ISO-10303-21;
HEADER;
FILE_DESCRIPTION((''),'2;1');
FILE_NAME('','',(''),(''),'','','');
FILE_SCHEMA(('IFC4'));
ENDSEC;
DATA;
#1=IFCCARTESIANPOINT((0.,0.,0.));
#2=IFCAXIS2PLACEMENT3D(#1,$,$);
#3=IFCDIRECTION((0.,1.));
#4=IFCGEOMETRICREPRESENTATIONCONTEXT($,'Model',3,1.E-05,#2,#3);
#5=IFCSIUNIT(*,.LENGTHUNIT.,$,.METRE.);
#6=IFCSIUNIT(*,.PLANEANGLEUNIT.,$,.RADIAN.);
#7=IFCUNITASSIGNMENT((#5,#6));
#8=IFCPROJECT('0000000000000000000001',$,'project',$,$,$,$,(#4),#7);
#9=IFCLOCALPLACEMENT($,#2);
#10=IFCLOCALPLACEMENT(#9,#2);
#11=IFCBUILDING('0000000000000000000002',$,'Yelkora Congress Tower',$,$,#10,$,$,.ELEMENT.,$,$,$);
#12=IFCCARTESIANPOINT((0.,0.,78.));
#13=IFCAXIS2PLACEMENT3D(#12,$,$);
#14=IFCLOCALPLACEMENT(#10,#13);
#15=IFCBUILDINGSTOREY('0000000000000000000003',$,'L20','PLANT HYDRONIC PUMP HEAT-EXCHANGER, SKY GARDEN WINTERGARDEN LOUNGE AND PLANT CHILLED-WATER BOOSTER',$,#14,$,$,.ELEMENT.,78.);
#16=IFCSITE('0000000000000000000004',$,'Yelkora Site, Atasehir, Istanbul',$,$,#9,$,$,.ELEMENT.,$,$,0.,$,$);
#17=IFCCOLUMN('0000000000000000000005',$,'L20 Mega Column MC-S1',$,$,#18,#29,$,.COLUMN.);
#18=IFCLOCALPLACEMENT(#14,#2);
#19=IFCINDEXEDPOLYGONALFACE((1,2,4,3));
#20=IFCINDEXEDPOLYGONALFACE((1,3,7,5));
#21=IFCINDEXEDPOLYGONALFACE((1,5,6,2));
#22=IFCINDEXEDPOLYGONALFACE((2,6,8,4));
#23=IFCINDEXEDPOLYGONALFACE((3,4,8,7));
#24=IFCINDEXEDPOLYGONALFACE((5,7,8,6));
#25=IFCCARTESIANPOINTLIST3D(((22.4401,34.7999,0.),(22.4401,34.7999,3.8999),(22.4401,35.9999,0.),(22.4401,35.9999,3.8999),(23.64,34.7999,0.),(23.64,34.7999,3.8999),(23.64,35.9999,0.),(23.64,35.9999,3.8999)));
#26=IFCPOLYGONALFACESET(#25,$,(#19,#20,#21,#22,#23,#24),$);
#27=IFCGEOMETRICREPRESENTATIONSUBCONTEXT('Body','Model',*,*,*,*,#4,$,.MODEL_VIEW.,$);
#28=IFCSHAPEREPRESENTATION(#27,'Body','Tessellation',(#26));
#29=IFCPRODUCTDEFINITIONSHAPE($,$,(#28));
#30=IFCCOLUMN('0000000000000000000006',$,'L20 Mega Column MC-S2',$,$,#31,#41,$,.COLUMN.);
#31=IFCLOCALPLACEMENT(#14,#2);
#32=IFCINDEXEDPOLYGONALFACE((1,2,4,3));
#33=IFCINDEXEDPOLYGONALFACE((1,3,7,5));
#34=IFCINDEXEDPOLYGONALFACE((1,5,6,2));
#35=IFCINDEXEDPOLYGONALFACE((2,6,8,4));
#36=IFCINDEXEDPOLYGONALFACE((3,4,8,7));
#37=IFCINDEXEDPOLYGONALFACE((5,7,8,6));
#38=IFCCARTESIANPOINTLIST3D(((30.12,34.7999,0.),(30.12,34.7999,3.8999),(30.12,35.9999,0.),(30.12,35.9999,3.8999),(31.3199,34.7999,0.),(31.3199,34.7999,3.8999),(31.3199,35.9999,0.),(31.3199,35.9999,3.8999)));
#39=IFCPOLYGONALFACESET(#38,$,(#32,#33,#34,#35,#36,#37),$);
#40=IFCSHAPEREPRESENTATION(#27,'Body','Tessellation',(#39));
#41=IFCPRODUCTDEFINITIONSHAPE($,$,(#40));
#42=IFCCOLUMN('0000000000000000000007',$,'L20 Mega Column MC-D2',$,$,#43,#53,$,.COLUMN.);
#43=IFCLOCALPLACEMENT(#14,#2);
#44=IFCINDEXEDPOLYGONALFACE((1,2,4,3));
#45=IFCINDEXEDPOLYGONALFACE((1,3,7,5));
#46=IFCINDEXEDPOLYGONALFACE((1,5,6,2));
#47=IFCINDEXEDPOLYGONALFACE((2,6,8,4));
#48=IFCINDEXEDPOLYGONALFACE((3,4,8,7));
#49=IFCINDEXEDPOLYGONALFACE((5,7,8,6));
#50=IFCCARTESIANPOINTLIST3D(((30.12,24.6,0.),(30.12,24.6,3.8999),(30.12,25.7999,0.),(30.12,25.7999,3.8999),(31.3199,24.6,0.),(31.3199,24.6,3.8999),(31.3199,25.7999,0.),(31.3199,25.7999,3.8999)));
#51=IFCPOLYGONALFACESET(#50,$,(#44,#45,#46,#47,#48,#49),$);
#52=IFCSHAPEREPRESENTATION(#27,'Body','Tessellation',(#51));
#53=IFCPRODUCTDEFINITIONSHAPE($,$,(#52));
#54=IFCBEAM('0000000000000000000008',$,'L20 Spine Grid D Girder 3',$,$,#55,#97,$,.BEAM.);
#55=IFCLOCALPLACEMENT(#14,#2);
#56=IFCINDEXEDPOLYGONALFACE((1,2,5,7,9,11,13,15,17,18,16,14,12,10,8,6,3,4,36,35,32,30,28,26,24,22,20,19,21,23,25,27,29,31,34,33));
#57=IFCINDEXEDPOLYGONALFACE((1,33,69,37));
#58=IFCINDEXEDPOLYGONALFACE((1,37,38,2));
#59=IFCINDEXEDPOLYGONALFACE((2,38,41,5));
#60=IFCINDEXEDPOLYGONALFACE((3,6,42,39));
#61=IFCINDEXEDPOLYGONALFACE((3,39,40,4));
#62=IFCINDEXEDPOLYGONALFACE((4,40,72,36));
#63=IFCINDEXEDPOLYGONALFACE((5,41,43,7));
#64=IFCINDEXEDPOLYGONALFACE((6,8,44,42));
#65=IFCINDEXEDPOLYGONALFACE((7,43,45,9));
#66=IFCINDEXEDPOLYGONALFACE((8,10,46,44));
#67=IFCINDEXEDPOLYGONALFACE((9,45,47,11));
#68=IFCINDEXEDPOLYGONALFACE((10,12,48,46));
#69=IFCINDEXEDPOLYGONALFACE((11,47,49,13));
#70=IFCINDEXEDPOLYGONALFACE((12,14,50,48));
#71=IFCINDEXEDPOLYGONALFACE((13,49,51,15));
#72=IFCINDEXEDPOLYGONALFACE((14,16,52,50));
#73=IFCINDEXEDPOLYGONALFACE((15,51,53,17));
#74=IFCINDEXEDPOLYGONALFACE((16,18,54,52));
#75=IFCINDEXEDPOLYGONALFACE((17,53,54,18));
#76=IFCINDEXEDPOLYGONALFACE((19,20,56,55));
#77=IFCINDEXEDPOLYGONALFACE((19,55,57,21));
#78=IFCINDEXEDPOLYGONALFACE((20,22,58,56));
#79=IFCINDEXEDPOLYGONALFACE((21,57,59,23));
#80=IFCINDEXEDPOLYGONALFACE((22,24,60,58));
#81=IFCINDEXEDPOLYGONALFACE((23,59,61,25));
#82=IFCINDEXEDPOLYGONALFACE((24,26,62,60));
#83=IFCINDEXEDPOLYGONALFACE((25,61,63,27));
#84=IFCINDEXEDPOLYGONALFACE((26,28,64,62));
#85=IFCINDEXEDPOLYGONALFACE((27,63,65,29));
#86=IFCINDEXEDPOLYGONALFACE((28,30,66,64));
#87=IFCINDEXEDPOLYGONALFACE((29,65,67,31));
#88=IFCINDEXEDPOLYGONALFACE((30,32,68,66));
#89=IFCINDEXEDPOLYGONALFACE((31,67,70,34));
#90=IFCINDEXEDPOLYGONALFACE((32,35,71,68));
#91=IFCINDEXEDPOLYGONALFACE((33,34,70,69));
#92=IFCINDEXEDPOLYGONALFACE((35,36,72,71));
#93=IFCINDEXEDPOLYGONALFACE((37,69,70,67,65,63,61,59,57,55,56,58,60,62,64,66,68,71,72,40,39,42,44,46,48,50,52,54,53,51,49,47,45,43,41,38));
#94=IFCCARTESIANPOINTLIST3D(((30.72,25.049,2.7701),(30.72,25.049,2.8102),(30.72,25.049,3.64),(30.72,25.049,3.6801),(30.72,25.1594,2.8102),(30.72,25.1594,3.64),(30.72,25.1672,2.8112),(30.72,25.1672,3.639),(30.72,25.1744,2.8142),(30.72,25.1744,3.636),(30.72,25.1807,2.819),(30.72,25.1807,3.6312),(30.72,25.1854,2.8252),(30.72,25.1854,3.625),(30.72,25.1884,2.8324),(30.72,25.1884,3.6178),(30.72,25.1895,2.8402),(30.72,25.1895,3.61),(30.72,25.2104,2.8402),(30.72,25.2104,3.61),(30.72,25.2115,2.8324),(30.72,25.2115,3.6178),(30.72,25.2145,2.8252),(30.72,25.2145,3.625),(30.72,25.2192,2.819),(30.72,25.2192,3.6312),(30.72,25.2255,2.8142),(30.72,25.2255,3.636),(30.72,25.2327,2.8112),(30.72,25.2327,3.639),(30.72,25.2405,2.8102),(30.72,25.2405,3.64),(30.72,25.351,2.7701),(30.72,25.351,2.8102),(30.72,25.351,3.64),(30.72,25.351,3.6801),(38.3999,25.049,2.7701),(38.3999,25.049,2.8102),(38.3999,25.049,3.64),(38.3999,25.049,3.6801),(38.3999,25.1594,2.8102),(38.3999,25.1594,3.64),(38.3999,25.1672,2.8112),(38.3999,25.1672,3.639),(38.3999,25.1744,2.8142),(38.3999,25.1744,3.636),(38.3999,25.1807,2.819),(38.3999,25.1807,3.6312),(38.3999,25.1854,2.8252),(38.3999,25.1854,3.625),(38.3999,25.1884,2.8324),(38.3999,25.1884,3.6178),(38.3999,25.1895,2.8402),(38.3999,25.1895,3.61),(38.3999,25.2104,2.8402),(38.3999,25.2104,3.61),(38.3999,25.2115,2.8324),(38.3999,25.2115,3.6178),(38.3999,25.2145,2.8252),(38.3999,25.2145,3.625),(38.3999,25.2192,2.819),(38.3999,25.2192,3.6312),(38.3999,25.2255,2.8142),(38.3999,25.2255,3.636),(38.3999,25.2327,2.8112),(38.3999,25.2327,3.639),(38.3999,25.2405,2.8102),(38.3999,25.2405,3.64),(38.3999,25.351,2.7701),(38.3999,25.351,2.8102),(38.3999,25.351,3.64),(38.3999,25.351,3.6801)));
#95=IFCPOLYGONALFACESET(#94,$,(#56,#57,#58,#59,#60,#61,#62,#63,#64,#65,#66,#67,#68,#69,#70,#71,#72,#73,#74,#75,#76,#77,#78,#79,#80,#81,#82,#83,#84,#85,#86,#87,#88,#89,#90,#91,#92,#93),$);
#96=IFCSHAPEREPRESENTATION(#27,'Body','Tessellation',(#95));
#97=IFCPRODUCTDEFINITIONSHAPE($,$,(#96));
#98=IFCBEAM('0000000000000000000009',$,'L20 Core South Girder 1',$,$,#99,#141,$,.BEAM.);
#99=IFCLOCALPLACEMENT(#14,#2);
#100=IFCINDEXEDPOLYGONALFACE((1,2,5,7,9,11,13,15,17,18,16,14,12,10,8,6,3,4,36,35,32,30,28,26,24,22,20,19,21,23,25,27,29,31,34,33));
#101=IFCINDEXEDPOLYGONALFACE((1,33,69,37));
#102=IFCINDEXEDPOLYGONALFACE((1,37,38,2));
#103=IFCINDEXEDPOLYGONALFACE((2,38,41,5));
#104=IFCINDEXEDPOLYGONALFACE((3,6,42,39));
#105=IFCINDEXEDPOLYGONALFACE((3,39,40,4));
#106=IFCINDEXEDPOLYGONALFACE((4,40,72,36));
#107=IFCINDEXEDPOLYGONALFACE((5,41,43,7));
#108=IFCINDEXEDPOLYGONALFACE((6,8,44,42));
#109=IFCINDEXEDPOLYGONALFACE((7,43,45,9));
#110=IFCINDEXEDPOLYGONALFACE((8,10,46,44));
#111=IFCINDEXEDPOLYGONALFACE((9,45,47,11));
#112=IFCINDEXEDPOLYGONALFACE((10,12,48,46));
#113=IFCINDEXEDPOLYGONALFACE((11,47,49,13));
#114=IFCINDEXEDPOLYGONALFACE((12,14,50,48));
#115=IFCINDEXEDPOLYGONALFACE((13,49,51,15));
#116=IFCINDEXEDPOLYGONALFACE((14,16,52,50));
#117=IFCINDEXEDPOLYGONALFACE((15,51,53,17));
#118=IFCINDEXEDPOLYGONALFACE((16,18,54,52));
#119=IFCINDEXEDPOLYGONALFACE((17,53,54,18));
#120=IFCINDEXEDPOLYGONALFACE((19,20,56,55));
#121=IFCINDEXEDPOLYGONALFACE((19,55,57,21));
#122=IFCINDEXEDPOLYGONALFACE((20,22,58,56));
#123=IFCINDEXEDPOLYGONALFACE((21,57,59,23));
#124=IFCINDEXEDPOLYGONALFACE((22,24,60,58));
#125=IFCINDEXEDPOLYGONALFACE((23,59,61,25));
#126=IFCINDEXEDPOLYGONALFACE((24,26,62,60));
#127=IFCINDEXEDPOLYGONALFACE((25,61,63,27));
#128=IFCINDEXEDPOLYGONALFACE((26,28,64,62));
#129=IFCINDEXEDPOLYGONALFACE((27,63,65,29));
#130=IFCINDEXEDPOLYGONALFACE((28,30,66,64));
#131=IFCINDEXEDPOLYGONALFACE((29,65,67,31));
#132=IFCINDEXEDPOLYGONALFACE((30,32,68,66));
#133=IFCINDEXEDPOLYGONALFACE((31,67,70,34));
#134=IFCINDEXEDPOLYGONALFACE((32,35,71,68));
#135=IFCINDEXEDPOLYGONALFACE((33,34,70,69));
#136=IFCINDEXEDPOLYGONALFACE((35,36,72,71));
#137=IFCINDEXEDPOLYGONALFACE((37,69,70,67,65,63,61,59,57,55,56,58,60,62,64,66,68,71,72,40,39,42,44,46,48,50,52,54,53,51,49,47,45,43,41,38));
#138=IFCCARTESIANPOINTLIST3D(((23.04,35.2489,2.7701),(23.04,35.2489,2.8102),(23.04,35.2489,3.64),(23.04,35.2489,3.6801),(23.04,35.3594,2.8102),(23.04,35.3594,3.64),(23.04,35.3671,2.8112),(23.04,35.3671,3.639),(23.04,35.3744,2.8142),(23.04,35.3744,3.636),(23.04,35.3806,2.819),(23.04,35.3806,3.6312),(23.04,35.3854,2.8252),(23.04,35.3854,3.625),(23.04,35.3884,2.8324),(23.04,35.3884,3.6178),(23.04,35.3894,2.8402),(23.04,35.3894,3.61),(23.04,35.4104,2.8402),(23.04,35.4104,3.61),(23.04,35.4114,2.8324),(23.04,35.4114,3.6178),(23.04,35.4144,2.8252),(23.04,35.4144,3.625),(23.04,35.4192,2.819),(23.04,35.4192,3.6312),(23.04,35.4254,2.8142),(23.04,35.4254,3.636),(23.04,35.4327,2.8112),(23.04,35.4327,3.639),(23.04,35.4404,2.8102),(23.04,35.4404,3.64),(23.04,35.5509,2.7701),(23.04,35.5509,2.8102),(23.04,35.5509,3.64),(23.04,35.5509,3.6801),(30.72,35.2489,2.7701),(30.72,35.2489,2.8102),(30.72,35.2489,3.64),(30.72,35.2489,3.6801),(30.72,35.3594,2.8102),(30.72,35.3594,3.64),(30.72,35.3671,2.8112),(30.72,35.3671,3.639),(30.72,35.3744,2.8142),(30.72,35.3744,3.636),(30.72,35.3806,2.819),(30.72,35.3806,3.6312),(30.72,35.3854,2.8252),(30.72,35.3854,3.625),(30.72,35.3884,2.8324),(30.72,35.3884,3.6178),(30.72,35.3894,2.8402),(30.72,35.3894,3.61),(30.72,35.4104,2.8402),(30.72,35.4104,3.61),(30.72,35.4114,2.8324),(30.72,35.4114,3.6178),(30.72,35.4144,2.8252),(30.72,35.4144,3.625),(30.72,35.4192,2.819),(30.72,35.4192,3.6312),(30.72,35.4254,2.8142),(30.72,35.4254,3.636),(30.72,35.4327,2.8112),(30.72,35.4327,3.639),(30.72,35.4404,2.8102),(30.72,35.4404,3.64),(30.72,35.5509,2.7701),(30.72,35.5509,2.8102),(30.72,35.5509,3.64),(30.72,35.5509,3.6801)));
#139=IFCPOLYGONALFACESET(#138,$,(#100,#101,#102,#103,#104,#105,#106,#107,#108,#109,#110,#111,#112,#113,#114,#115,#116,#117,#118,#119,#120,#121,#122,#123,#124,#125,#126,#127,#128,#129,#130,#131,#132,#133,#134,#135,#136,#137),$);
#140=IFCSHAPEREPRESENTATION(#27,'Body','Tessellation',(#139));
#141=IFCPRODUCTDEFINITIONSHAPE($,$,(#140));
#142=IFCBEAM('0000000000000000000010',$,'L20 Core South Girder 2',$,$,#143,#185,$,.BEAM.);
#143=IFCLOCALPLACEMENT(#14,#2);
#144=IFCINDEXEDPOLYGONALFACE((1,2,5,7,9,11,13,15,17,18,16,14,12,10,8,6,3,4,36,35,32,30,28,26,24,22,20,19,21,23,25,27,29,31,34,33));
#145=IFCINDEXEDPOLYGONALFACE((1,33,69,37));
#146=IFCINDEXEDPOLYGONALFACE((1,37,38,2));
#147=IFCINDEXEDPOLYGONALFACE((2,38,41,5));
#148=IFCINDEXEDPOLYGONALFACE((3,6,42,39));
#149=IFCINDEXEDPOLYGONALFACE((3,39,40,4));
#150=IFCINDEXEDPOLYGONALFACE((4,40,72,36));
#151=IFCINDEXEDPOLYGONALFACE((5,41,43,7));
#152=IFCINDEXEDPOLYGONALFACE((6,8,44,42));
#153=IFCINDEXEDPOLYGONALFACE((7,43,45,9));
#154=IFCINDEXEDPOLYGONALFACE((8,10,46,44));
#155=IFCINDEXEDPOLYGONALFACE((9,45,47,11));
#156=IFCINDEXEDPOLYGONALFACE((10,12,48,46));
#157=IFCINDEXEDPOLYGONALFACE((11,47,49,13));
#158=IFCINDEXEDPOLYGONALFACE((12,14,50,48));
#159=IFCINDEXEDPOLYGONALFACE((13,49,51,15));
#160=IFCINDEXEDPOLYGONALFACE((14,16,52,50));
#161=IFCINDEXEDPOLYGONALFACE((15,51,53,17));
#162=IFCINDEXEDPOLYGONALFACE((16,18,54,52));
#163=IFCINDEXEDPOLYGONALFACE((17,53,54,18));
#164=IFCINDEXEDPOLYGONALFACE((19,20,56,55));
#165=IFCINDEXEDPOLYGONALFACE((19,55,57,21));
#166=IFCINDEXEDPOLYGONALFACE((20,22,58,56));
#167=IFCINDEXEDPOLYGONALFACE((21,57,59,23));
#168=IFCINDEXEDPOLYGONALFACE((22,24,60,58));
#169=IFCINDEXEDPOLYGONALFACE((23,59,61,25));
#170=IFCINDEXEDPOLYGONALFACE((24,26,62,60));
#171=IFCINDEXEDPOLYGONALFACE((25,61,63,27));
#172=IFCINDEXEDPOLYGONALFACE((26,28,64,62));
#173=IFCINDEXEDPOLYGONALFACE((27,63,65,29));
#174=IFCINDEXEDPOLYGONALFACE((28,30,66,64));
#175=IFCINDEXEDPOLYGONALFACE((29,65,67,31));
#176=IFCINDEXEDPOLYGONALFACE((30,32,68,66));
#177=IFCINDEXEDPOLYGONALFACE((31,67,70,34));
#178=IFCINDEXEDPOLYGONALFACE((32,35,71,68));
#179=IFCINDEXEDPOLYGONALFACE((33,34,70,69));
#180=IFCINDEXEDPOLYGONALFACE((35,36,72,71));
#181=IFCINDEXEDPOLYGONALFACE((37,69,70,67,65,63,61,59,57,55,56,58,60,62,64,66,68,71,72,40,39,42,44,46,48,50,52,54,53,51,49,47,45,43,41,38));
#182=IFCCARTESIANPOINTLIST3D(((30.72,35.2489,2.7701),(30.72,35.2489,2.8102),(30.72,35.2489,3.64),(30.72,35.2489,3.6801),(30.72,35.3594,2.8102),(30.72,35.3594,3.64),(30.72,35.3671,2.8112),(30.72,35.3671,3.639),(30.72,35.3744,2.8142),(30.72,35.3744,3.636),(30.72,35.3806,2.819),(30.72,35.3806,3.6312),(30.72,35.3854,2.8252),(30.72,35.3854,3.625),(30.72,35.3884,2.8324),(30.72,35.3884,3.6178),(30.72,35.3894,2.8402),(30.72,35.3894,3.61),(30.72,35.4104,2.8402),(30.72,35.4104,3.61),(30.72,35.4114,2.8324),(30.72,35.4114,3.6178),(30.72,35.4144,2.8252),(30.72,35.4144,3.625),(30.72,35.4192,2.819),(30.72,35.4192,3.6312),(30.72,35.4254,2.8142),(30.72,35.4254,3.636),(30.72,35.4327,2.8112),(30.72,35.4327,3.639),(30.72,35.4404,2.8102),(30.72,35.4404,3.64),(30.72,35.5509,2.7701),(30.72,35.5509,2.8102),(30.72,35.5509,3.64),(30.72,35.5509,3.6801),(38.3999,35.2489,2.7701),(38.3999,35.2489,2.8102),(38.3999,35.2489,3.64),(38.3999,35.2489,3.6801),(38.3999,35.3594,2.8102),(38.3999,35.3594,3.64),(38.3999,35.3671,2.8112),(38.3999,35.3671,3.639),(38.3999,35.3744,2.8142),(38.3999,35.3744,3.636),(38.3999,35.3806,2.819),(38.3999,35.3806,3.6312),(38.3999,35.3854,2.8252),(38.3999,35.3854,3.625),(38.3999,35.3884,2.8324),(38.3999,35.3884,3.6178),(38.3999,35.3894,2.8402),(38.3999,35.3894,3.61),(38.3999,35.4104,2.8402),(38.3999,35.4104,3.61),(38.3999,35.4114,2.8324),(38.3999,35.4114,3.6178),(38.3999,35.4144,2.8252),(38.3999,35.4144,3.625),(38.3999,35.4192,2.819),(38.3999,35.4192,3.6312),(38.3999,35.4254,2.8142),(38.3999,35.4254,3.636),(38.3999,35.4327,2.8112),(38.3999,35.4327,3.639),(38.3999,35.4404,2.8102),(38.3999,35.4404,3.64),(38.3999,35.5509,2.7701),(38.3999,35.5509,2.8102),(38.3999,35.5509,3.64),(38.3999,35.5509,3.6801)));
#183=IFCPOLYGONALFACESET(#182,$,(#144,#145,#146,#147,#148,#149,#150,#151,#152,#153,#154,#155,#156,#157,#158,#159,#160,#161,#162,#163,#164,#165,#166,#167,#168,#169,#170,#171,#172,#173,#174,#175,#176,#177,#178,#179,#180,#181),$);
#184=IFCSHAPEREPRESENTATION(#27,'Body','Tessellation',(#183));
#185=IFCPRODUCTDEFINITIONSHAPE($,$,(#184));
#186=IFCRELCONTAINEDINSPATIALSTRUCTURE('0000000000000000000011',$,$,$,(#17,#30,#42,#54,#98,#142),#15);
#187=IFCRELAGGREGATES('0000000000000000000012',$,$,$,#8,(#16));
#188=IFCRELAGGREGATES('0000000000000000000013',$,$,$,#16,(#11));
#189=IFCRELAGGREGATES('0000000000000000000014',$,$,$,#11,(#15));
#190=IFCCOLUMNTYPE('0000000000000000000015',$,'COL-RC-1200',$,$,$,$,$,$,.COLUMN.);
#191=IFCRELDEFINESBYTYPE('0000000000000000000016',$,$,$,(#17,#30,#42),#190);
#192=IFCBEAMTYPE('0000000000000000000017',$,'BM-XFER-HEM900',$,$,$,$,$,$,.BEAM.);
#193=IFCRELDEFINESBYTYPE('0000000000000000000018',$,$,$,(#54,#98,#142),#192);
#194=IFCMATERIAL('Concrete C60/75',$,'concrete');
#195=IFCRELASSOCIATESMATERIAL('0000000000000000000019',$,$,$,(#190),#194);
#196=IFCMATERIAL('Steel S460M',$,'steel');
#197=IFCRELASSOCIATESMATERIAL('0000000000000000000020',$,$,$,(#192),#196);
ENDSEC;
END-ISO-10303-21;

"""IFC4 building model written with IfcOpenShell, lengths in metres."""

from ifc_helpers import new_model, si_unit, direction, frame, origin, origin_2d, place, context, subcontext, project, spatial, rectangle, i_section, extrude, material, material_profile, profile_set, type_object, element, save


model = new_model("IFC4")

# Units and contexts
model_context = context("Model", 3, precision=1e-05, world=origin(), true_north=direction((0.0, 1.0)))
body_context = subcontext(model_context, "Body", "Model", "MODEL_VIEW")
ifc_project = project(units=[si_unit("LENGTHUNIT", "METRE"), si_unit("PLANEANGLEUNIT", "RADIAN")], contexts=[model_context])

# Site, building, storey
site_placement = place(None, origin())
site = spatial("IfcSite", under=ifc_project, at=site_placement, Name="Yelkora Site, Atasehir, Istanbul", CompositionType="ELEMENT", RefElevation=0.0)
building_placement = place(site_placement, origin())
building = spatial("IfcBuilding", under=site, at=building_placement, Name="Yelkora Congress Tower", CompositionType="ELEMENT")
storey_placement = place(building_placement, frame((0.0, 0.0, 78.0)))
storey = spatial("IfcBuildingStorey", under=building, at=storey_placement, Name="L20", Description="PLANT HYDRONIC PUMP HEAT-EXCHANGER, SKY GARDEN WINTERGARDEN LOUNGE AND PLANT CHILLED-WATER BOOSTER", CompositionType="ELEMENT", Elevation=78.0)

# Columns
ifc_material_1 = material(Name="Concrete C60/75", Category="concrete")
ifc_material_profile_1 = material_profile(ifc_material_1, rectangle(XDim=1.2, YDim=1.2, at=origin_2d()), Name="RC 1200x1200")
ifc_profile_set_1 = profile_set([ifc_material_profile_1], Name="Concrete C60/75")
column_type = type_object("IfcColumnType", Name="COL-RC-1200", PredefinedType="COLUMN", material=ifc_profile_set_1)
for number, where, z_axis, x_axis, name in (
    (1, (23.04, 35.3999, 0.0), (0.0, 0.0, 1.0), (1.0, 0.0, 0.0), "L20 Mega Column MC-S1"),
    (2, (30.72, 35.3999, 0.0), (0.0, 0.0, 1.0), (1.0, 0.0, 0.0), "L20 Mega Column MC-S2"),
    (3, (30.72, 25.2, 0.0), (0.0, 0.0, 1.0), (1.0, 0.0, 0.0), "L20 Mega Column MC-D2"),
):
    element("IfcColumn", number, at=place(storey_placement, frame(where, z_axis=z_axis, x_axis=x_axis)), inside=storey, type_object=column_type, Name=name, PredefinedType="COLUMN", context=body_context, shape_type="SweptSolid", body=[
        extrude(rectangle(XDim=1.2, YDim=1.2, at=origin_2d()), origin(), (0.0, 0.0, 1.0), 3.8999),
    ])

# Beams
ifc_material_2 = material(Name="Steel S460M", Category="steel")
ifc_material_profile_2 = material_profile(ifc_material_2, i_section(OverallWidth=0.302, OverallDepth=0.9099, WebThickness=0.021, FlangeThickness=0.04, FilletRadius=0.03, at=origin_2d()), Name="HEM 900")
ifc_profile_set_2 = profile_set([ifc_material_profile_2], Name="Steel S460M")
beam_type = type_object("IfcBeamType", Name="BM-XFER-HEM900", PredefinedType="BEAM", material=ifc_profile_set_2)
for number, where, z_axis, x_axis, name in (
    (4, (30.72, 25.2, 3.2251), (1.0, 0.0, 0.0), (0.0, 1.0, 0.0), "L20 Spine Grid D Girder 3"),
    (5, (23.04, 35.3999, 3.2251), (1.0, 0.0, 0.0), (0.0, 1.0, 0.0), "L20 Core South Girder 1"),
    (6, (30.72, 35.3999, 3.2251), (1.0, 0.0, 0.0), (0.0, 1.0, 0.0), "L20 Core South Girder 2"),
):
    element("IfcBeam", number, at=place(storey_placement, frame(where, z_axis=z_axis, x_axis=x_axis)), inside=storey, type_object=beam_type, Name=name, PredefinedType="BEAM", context=body_context, shape_type="SweptSolid", body=[
        extrude(i_section(OverallWidth=0.302, OverallDepth=0.9099, WebThickness=0.021, FlangeThickness=0.04, FilletRadius=0.03, at=origin_2d()), origin(), (0.0, 0.0, 1.0), 7.6799),
    ])

save(model, "model.ifc")
